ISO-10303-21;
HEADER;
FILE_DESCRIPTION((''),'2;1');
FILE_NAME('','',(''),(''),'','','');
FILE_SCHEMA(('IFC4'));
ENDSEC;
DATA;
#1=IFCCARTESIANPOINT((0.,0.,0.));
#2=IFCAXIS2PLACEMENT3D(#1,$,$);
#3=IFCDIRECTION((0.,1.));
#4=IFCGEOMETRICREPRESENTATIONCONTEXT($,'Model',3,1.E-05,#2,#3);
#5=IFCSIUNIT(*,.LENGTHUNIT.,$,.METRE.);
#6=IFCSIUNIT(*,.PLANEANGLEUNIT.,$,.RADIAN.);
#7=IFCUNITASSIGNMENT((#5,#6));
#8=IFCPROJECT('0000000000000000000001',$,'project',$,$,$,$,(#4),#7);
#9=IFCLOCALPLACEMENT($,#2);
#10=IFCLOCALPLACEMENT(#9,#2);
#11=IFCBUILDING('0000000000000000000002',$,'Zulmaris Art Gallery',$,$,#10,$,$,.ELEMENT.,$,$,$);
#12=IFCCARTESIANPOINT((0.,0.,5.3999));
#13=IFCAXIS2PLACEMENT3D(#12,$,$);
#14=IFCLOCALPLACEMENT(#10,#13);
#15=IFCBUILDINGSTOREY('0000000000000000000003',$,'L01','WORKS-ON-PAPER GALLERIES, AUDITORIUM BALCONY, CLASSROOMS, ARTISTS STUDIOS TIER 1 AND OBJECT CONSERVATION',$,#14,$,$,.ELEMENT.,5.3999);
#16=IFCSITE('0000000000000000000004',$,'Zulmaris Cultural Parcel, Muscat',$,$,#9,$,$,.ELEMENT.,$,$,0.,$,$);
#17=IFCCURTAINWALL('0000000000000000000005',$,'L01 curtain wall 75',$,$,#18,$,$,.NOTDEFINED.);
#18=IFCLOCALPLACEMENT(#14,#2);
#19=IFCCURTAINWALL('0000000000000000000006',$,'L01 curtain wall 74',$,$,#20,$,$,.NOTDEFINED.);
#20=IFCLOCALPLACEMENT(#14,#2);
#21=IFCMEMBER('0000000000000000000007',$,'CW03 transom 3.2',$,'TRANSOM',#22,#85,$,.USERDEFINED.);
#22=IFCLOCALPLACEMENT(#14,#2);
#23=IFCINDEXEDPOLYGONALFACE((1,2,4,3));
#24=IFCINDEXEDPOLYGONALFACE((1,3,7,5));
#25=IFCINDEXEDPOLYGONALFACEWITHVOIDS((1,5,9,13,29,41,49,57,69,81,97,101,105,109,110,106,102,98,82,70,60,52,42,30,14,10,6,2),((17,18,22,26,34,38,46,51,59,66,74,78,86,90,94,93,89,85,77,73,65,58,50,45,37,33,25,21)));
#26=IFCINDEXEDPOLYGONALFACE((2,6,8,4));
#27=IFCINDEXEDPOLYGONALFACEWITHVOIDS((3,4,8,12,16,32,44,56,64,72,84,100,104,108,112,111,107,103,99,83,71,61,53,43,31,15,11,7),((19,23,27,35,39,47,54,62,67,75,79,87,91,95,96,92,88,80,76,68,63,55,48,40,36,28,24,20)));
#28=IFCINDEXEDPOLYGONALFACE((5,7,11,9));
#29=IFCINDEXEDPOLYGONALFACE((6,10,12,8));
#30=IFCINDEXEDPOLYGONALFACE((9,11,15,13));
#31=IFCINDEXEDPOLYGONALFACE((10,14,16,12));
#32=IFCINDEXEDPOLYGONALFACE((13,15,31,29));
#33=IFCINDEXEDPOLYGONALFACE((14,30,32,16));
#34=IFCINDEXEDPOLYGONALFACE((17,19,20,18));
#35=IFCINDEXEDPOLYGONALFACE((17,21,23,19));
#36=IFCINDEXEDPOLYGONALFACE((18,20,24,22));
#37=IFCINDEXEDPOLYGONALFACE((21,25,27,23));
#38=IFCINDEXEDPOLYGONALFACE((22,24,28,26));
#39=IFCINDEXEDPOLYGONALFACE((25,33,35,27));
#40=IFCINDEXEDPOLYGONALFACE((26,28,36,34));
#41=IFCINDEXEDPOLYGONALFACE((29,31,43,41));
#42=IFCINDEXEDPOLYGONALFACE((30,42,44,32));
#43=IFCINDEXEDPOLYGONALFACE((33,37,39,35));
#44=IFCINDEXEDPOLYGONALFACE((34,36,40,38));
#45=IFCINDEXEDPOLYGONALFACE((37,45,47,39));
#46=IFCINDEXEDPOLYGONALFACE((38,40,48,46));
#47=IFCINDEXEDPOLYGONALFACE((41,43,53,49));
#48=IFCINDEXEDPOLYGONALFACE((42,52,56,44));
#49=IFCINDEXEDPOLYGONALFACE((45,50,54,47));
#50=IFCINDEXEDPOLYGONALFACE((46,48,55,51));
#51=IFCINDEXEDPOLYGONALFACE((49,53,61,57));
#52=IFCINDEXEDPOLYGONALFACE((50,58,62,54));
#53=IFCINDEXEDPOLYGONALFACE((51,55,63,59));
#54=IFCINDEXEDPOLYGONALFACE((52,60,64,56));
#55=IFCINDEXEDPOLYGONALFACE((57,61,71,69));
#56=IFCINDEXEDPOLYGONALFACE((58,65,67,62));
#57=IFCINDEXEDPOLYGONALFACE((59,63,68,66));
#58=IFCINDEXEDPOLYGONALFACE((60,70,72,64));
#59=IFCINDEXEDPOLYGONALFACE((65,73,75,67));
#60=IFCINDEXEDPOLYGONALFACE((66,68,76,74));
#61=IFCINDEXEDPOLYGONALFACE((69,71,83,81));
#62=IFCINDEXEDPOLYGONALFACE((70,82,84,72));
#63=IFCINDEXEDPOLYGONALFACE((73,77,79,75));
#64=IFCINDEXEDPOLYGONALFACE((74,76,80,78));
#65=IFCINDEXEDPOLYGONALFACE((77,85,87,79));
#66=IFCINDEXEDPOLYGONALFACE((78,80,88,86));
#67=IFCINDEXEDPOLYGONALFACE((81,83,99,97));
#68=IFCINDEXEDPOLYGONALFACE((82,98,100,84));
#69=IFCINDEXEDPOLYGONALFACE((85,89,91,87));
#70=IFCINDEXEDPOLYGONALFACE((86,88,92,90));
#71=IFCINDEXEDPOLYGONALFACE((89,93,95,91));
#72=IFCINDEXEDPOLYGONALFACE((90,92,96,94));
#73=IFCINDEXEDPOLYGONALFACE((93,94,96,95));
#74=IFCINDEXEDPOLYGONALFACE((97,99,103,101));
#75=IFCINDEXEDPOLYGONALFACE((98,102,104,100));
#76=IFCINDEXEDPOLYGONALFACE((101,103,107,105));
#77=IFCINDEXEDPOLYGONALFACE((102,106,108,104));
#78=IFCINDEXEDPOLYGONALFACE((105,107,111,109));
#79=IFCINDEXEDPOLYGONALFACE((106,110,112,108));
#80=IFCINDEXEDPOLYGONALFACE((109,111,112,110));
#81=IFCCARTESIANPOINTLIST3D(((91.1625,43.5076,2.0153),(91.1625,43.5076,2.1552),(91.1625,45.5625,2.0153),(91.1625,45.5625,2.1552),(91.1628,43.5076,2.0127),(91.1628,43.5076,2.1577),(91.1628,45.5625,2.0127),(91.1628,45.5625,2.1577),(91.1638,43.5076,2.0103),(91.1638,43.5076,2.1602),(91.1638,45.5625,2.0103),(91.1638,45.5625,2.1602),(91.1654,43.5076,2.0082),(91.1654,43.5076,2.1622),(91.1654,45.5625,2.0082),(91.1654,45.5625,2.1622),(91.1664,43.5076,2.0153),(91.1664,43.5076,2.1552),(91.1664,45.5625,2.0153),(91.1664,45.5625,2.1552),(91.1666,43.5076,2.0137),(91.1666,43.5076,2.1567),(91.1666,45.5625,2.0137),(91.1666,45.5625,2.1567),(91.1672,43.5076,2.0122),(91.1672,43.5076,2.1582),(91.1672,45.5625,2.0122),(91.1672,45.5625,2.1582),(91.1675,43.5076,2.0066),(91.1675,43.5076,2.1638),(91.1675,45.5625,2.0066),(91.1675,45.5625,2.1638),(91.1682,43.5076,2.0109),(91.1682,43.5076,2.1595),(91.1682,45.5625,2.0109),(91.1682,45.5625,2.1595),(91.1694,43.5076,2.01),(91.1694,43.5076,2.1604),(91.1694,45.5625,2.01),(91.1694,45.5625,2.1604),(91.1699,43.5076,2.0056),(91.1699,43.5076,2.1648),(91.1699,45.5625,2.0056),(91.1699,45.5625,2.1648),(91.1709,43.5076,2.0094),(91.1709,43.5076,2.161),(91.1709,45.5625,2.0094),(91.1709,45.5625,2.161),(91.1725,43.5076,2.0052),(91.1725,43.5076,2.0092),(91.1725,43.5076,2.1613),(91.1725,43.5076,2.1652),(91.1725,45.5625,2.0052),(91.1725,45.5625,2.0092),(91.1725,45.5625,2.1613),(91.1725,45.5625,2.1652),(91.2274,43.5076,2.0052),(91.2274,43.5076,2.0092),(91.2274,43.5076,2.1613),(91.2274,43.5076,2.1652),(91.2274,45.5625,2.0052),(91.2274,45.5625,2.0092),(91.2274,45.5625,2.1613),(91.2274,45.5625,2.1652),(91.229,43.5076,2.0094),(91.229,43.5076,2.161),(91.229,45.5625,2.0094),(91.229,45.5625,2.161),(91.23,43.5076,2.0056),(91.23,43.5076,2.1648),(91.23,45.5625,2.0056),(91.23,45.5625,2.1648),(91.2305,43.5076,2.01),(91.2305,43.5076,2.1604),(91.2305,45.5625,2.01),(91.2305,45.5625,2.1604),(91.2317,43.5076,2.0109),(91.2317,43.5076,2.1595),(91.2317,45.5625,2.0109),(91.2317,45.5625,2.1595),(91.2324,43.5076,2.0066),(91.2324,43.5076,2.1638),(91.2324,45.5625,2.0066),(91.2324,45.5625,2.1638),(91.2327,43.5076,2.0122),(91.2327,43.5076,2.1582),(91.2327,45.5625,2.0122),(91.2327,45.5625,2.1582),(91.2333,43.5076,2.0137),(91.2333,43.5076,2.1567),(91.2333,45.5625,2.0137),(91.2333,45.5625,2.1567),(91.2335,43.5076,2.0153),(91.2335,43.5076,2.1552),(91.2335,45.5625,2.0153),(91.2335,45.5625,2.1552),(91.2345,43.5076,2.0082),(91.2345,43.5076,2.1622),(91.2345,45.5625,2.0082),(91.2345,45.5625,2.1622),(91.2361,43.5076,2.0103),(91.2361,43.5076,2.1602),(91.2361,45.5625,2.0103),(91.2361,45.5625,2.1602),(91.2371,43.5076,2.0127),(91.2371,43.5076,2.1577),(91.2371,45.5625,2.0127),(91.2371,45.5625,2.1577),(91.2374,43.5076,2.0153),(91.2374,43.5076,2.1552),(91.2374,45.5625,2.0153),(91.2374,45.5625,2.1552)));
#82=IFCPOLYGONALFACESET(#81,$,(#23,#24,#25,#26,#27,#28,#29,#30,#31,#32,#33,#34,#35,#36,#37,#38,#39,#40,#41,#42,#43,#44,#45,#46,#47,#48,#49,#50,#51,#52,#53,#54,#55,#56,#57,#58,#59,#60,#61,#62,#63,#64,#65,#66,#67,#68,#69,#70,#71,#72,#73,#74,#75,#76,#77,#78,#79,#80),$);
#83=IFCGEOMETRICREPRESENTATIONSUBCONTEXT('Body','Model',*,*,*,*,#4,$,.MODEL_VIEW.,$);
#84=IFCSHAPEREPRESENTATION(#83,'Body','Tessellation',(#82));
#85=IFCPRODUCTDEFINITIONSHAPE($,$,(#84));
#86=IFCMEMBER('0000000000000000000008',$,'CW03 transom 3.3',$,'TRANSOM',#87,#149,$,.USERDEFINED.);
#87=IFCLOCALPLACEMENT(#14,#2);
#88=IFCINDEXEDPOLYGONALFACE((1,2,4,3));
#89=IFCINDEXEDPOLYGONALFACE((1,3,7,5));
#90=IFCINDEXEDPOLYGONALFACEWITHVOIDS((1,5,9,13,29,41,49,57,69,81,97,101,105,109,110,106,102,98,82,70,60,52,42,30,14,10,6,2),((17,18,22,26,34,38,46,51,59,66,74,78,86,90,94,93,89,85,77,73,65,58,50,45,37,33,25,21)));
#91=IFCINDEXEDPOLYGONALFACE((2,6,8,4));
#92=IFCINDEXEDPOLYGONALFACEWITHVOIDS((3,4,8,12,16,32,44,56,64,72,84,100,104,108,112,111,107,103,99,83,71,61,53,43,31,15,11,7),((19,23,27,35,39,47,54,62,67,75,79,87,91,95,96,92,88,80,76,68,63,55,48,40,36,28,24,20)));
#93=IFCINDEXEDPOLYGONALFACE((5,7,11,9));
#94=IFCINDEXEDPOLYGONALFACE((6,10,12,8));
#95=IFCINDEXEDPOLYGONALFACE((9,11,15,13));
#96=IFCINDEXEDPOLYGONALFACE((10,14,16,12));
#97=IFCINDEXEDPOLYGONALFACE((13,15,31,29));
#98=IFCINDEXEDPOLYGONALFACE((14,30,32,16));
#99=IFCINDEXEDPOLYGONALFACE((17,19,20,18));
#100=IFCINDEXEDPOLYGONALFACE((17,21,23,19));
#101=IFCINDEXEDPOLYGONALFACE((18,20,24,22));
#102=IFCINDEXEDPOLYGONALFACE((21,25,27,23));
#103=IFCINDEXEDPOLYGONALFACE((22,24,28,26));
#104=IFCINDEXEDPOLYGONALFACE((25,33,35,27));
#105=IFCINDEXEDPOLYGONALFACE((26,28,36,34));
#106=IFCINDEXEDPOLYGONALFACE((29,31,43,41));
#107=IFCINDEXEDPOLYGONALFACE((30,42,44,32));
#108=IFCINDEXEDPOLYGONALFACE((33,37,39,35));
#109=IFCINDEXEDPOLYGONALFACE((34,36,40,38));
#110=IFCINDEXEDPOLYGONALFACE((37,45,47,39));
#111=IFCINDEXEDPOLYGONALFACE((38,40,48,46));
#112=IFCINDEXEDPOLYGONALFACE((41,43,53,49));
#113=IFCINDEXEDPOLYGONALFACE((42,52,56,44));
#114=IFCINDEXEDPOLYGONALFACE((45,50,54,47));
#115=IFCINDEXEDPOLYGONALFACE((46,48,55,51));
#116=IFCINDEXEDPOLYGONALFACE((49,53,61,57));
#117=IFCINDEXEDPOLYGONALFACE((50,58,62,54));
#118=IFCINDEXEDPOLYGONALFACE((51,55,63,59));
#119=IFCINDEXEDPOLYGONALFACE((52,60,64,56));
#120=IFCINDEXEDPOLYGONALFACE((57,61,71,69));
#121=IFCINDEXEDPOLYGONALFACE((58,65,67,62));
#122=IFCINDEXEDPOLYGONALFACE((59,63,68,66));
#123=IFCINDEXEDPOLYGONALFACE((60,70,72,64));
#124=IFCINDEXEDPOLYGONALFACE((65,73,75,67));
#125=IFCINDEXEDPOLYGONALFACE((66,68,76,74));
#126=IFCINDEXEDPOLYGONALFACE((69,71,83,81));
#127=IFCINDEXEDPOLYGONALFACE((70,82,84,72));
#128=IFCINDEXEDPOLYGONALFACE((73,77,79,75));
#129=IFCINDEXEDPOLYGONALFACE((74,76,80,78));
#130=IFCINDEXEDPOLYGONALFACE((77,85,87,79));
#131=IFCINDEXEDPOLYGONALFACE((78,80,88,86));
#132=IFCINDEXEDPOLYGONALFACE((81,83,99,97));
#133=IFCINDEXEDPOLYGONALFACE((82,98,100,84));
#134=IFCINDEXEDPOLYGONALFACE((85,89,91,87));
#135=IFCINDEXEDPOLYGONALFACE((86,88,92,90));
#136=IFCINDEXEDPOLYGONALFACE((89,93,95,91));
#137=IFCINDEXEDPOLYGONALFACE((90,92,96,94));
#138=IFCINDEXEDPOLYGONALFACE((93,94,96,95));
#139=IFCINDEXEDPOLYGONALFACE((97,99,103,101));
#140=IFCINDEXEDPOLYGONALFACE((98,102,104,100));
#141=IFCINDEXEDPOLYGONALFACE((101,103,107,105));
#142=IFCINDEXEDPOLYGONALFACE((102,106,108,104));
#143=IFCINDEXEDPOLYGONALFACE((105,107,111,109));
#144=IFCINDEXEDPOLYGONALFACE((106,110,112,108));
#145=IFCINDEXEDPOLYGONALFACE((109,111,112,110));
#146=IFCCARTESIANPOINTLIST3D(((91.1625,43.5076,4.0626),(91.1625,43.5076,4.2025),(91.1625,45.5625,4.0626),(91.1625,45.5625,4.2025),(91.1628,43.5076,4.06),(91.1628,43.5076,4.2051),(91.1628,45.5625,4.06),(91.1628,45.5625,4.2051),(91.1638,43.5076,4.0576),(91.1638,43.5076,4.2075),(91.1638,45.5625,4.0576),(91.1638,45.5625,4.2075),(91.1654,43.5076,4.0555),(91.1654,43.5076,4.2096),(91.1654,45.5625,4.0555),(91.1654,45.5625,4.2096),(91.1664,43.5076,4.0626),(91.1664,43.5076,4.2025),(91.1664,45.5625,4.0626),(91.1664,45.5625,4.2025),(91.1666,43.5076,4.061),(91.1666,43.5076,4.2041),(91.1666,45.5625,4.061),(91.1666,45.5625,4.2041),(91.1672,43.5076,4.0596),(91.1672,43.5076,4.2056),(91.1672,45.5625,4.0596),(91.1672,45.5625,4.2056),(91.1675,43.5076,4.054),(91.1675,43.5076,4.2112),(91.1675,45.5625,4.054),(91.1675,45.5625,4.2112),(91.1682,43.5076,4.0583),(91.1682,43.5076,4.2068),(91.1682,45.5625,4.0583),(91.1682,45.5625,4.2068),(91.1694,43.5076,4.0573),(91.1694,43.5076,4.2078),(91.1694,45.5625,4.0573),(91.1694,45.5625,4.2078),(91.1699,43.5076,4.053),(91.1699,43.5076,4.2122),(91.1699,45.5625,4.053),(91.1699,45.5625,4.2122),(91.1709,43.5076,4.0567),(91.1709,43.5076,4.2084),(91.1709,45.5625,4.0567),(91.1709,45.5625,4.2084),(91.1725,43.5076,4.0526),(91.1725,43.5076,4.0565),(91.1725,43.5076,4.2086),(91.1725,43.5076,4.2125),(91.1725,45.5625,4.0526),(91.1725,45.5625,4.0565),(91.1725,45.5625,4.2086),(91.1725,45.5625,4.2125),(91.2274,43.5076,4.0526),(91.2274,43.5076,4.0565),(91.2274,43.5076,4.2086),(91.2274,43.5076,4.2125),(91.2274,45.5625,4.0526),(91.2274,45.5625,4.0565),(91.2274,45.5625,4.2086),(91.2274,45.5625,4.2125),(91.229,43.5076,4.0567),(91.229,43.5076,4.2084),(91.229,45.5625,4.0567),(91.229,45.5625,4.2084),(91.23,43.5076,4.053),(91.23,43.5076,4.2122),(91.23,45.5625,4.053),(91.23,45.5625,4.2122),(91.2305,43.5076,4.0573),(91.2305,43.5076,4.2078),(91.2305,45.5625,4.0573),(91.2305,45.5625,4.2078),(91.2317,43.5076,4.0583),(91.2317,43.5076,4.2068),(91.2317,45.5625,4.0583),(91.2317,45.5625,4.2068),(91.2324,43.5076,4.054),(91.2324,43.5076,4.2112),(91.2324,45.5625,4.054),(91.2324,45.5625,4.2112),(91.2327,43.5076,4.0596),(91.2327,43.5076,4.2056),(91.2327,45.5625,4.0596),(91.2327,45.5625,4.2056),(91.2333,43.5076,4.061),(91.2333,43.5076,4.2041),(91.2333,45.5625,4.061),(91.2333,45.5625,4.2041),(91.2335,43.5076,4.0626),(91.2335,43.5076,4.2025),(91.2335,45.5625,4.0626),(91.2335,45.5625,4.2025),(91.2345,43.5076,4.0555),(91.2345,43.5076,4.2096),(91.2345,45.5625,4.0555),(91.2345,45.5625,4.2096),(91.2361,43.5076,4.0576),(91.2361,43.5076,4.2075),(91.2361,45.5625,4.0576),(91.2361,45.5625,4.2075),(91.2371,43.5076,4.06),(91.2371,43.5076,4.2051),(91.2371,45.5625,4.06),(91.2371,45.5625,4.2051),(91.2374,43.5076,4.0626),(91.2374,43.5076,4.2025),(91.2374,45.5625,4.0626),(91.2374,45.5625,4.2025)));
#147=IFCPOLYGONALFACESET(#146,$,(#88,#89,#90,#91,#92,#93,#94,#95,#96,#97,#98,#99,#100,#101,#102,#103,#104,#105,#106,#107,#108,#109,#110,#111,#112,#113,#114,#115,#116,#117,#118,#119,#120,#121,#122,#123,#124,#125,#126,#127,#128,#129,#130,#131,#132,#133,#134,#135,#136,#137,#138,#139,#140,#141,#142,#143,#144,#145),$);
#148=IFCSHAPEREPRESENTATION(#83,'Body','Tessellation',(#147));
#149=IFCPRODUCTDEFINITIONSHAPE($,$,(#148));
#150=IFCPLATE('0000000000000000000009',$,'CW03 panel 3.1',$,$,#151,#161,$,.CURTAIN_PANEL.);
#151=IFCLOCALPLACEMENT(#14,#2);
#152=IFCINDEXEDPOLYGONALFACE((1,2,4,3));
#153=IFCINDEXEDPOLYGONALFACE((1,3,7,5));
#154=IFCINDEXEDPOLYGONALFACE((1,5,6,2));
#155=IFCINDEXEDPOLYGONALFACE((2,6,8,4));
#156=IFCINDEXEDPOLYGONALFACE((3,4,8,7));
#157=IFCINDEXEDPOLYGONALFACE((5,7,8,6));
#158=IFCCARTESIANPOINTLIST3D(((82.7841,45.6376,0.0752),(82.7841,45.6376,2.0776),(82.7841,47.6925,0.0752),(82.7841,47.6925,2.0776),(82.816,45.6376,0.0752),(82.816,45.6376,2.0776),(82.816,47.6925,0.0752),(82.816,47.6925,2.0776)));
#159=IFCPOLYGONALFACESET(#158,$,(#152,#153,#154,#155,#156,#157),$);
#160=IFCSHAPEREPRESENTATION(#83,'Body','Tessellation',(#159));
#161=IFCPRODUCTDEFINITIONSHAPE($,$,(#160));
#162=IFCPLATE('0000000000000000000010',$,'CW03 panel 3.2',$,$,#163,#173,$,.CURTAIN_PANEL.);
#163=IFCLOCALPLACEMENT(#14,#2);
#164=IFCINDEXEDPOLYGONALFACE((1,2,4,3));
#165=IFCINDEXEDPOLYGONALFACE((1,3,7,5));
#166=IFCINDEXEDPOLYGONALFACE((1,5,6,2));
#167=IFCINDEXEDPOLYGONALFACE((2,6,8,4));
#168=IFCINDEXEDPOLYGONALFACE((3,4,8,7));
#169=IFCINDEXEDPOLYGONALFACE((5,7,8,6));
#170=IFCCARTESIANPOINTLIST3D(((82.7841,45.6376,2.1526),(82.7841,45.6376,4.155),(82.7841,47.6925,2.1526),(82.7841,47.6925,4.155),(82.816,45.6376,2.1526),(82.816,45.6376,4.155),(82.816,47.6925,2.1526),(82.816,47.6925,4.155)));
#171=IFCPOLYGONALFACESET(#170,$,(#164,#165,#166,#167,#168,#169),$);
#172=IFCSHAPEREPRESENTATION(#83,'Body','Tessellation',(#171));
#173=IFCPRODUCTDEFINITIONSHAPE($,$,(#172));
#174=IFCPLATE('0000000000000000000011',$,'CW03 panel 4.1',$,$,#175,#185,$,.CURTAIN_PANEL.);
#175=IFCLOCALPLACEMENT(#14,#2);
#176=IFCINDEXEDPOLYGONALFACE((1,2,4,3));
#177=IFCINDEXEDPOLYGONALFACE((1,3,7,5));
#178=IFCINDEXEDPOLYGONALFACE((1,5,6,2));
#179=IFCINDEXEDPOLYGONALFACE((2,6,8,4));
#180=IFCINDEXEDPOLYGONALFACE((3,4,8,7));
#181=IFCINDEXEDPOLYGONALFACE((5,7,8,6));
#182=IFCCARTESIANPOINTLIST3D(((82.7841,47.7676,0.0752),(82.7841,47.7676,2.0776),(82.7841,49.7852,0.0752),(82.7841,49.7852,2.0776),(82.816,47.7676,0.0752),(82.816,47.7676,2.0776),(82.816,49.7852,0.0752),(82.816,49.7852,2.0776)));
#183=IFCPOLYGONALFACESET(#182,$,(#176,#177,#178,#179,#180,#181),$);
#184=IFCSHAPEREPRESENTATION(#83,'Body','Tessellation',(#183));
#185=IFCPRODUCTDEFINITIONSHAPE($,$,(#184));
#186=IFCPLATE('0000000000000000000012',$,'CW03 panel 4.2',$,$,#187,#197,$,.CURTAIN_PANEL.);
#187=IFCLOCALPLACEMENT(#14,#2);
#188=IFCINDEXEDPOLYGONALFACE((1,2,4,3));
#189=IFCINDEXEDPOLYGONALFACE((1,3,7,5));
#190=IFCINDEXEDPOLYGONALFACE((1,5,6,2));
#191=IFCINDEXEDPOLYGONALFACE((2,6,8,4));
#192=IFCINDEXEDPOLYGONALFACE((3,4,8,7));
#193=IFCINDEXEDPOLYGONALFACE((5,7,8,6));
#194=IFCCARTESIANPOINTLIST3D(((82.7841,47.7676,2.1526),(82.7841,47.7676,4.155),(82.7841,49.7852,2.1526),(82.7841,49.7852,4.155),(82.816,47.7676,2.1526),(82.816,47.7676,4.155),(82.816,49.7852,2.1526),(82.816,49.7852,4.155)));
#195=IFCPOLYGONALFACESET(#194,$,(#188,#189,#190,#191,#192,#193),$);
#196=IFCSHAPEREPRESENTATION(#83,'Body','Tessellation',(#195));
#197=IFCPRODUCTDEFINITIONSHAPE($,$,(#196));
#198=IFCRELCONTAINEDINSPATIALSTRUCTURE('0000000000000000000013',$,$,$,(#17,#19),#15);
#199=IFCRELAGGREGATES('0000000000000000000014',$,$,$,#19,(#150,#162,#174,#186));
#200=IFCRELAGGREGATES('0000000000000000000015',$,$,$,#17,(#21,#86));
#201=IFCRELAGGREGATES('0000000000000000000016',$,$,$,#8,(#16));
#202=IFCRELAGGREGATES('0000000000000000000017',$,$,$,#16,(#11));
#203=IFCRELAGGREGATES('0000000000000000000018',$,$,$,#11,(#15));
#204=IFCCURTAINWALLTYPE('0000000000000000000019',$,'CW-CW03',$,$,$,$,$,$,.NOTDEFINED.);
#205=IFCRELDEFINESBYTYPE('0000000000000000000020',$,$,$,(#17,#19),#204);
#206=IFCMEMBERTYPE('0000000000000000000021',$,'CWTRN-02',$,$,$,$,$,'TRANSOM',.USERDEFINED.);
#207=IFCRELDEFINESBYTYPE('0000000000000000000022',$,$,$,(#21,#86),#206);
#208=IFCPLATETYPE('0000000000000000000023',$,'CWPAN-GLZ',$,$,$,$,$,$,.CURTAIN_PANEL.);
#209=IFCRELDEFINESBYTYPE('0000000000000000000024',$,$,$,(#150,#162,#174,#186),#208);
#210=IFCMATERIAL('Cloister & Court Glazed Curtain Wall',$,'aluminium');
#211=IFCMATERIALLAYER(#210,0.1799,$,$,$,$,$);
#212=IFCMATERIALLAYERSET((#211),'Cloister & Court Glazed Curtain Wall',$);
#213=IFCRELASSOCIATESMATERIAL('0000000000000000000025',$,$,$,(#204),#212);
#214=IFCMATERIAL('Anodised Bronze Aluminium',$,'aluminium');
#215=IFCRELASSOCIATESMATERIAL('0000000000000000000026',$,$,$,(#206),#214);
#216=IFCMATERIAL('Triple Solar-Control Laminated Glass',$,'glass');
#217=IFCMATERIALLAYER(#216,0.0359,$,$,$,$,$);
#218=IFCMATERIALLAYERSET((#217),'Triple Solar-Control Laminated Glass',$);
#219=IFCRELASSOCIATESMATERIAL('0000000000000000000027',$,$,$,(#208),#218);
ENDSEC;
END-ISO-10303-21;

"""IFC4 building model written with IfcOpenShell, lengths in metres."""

from ifc_helpers import new_model, si_unit, direction, frame, origin, origin_2d, place, context, subcontext, project, spatial, rectangle, hollow_rectangle, extrude, material, layer, layer_set, material_profile, profile_set, type_object, element, aggregate, save


model = new_model("IFC4")

# Units and contexts
model_context = context("Model", 3, precision=1e-05, world=origin(), true_north=direction((0.0, 1.0)))
body_context = subcontext(model_context, "Body", "Model", "MODEL_VIEW")
ifc_project = project(units=[si_unit("LENGTHUNIT", "METRE"), si_unit("PLANEANGLEUNIT", "RADIAN")], contexts=[model_context])

# Site, building, storey
site_placement = place(None, origin())
site = spatial("IfcSite", under=ifc_project, at=site_placement, Name="Zulmaris Cultural Parcel, Muscat", CompositionType="ELEMENT", RefElevation=0.0)
building_placement = place(site_placement, origin())
building = spatial("IfcBuilding", under=site, at=building_placement, Name="Zulmaris Art Gallery", CompositionType="ELEMENT")
storey_placement = place(building_placement, frame((0.0, 0.0, 5.3999)))
storey = spatial("IfcBuildingStorey", under=building, at=storey_placement, Name="L01", Description="WORKS-ON-PAPER GALLERIES, AUDITORIUM BALCONY, CLASSROOMS, ARTISTS STUDIOS TIER 1 AND OBJECT CONSERVATION", CompositionType="ELEMENT", Elevation=5.3999)

# Curtain walls
ifc_material_1 = material(Name="Cloister & Court Glazed Curtain Wall", Category="aluminium")
ifc_layer_1 = layer(ifc_material_1, 0.1799)
ifc_layer_set_1 = layer_set([ifc_layer_1], Name="Cloister & Court Glazed Curtain Wall")
curtain_wall_type = type_object("IfcCurtainWallType", Name="CW-CW03", PredefinedType="NOTDEFINED", material=ifc_layer_set_1)
curtain_wall_1_placement = place(storey_placement, origin())
curtain_wall_1 = element("IfcCurtainWall", 1, at=curtain_wall_1_placement, inside=storey, type_object=curtain_wall_type, Name="L01 curtain wall 75", PredefinedType="NOTDEFINED")
ifc_material_2 = material(Name="Anodised Bronze Aluminium", Category="aluminium")
curtain_wall_2_placement = place(storey_placement, origin())
curtain_wall_2 = element("IfcCurtainWall", 2, at=curtain_wall_2_placement, inside=storey, type_object=curtain_wall_type, Name="L01 curtain wall 74", PredefinedType="NOTDEFINED")
ifc_material_profile_1 = material_profile(ifc_material_2, hollow_rectangle(XDim=0.075, YDim=0.1599, WallThickness=0.0039, InnerFilletRadius=0.0061, OuterFilletRadius=0.01, at=origin_2d()), Name="ALU 75x160x4")
ifc_profile_set_1 = profile_set([ifc_material_profile_1], Name="Anodised Bronze Aluminium")
member_type_1 = type_object("IfcMemberType", Name="CWTRN-02", ElementType="TRANSOM", PredefinedType="USERDEFINED", material=ifc_profile_set_1)

# Members
member_1_placement = place(storey_placement, frame((91.2, 45.5625, 2.0852), z_axis=(0.0, -1.0, 0.0), x_axis=(1.0, 0.0, 0.0)))
member_1 = element("IfcMember", 3, at=member_1_placement, type_object=member_type_1, Name="CW03 transom 3.2", ObjectType="TRANSOM", PredefinedType="USERDEFINED", context=body_context, shape_type="SweptSolid", body=[
    extrude(hollow_rectangle(XDim=0.075, YDim=0.1599, WallThickness=0.0039, InnerFilletRadius=0.0061, OuterFilletRadius=0.01, at=origin_2d()), origin(), (0.0, 0.0, 1.0), 2.0549),
])
member_2_placement = place(storey_placement, frame((91.2, 45.5625, 4.1326), z_axis=(0.0, -1.0, 0.0), x_axis=(1.0, 0.0, 0.0)))
member_2 = element("IfcMember", 4, at=member_2_placement, type_object=member_type_1, Name="CW03 transom 3.3", ObjectType="TRANSOM", PredefinedType="USERDEFINED", context=body_context, shape_type="SweptSolid", body=[
    extrude(hollow_rectangle(XDim=0.075, YDim=0.1599, WallThickness=0.0039, InnerFilletRadius=0.0061, OuterFilletRadius=0.01, at=origin_2d()), origin(), (0.0, 0.0, 1.0), 2.0549),
])

# Plates
ifc_material_3 = material(Name="Triple Solar-Control Laminated Glass", Category="glass")
ifc_layer_2 = layer(ifc_material_3, 0.0359)
ifc_layer_set_2 = layer_set([ifc_layer_2], Name="Triple Solar-Control Laminated Glass")
plate_type = type_object("IfcPlateType", Name="CWPAN-GLZ", PredefinedType="CURTAIN_PANEL", material=ifc_layer_set_2)
plate_1_placement = place(storey_placement, frame((82.8, 46.665, 0.0752), z_axis=(0.0, 0.0, 1.0), x_axis=(0.0, 1.0, 0.0)))
plate_1 = element("IfcPlate", 5, at=plate_1_placement, type_object=plate_type, Name="CW03 panel 3.1", PredefinedType="CURTAIN_PANEL", context=body_context, shape_type="SweptSolid", body=[
    extrude(rectangle(XDim=2.0549, YDim=0.032, at=origin_2d()), origin(), (0.0, 0.0, 1.0), 2.0024),
])
plate_2_placement = place(storey_placement, frame((82.8, 46.665, 2.1526), z_axis=(0.0, 0.0, 1.0), x_axis=(0.0, 1.0, 0.0)))
plate_2 = element("IfcPlate", 6, at=plate_2_placement, type_object=plate_type, Name="CW03 panel 3.2", PredefinedType="CURTAIN_PANEL", context=body_context, shape_type="SweptSolid", body=[
    extrude(rectangle(XDim=2.0549, YDim=0.032, at=origin_2d()), origin(), (0.0, 0.0, 1.0), 2.0024),
])
plate_3_placement = place(storey_placement, frame((82.8, 48.7764, 0.0752), z_axis=(0.0, 0.0, 1.0), x_axis=(0.0, 1.0, 0.0)))
plate_3 = element("IfcPlate", 7, at=plate_3_placement, type_object=plate_type, Name="CW03 panel 4.1", PredefinedType="CURTAIN_PANEL", context=body_context, shape_type="SweptSolid", body=[
    extrude(rectangle(XDim=2.0176, YDim=0.032, at=origin_2d()), origin(), (0.0, 0.0, 1.0), 2.0024),
])
plate_4_placement = place(storey_placement, frame((82.8, 48.7764, 2.1526), z_axis=(0.0, 0.0, 1.0), x_axis=(0.0, 1.0, 0.0)))
plate_4 = element("IfcPlate", 8, at=plate_4_placement, type_object=plate_type, Name="CW03 panel 4.2", PredefinedType="CURTAIN_PANEL", context=body_context, shape_type="SweptSolid", body=[
    extrude(rectangle(XDim=2.0176, YDim=0.032, at=origin_2d()), origin(), (0.0, 0.0, 1.0), 2.0024),
])
aggregate(curtain_wall_2, [plate_1, plate_2, plate_3, plate_4])
aggregate(curtain_wall_1, [member_1, member_2])

save(model, "model.ifc")
